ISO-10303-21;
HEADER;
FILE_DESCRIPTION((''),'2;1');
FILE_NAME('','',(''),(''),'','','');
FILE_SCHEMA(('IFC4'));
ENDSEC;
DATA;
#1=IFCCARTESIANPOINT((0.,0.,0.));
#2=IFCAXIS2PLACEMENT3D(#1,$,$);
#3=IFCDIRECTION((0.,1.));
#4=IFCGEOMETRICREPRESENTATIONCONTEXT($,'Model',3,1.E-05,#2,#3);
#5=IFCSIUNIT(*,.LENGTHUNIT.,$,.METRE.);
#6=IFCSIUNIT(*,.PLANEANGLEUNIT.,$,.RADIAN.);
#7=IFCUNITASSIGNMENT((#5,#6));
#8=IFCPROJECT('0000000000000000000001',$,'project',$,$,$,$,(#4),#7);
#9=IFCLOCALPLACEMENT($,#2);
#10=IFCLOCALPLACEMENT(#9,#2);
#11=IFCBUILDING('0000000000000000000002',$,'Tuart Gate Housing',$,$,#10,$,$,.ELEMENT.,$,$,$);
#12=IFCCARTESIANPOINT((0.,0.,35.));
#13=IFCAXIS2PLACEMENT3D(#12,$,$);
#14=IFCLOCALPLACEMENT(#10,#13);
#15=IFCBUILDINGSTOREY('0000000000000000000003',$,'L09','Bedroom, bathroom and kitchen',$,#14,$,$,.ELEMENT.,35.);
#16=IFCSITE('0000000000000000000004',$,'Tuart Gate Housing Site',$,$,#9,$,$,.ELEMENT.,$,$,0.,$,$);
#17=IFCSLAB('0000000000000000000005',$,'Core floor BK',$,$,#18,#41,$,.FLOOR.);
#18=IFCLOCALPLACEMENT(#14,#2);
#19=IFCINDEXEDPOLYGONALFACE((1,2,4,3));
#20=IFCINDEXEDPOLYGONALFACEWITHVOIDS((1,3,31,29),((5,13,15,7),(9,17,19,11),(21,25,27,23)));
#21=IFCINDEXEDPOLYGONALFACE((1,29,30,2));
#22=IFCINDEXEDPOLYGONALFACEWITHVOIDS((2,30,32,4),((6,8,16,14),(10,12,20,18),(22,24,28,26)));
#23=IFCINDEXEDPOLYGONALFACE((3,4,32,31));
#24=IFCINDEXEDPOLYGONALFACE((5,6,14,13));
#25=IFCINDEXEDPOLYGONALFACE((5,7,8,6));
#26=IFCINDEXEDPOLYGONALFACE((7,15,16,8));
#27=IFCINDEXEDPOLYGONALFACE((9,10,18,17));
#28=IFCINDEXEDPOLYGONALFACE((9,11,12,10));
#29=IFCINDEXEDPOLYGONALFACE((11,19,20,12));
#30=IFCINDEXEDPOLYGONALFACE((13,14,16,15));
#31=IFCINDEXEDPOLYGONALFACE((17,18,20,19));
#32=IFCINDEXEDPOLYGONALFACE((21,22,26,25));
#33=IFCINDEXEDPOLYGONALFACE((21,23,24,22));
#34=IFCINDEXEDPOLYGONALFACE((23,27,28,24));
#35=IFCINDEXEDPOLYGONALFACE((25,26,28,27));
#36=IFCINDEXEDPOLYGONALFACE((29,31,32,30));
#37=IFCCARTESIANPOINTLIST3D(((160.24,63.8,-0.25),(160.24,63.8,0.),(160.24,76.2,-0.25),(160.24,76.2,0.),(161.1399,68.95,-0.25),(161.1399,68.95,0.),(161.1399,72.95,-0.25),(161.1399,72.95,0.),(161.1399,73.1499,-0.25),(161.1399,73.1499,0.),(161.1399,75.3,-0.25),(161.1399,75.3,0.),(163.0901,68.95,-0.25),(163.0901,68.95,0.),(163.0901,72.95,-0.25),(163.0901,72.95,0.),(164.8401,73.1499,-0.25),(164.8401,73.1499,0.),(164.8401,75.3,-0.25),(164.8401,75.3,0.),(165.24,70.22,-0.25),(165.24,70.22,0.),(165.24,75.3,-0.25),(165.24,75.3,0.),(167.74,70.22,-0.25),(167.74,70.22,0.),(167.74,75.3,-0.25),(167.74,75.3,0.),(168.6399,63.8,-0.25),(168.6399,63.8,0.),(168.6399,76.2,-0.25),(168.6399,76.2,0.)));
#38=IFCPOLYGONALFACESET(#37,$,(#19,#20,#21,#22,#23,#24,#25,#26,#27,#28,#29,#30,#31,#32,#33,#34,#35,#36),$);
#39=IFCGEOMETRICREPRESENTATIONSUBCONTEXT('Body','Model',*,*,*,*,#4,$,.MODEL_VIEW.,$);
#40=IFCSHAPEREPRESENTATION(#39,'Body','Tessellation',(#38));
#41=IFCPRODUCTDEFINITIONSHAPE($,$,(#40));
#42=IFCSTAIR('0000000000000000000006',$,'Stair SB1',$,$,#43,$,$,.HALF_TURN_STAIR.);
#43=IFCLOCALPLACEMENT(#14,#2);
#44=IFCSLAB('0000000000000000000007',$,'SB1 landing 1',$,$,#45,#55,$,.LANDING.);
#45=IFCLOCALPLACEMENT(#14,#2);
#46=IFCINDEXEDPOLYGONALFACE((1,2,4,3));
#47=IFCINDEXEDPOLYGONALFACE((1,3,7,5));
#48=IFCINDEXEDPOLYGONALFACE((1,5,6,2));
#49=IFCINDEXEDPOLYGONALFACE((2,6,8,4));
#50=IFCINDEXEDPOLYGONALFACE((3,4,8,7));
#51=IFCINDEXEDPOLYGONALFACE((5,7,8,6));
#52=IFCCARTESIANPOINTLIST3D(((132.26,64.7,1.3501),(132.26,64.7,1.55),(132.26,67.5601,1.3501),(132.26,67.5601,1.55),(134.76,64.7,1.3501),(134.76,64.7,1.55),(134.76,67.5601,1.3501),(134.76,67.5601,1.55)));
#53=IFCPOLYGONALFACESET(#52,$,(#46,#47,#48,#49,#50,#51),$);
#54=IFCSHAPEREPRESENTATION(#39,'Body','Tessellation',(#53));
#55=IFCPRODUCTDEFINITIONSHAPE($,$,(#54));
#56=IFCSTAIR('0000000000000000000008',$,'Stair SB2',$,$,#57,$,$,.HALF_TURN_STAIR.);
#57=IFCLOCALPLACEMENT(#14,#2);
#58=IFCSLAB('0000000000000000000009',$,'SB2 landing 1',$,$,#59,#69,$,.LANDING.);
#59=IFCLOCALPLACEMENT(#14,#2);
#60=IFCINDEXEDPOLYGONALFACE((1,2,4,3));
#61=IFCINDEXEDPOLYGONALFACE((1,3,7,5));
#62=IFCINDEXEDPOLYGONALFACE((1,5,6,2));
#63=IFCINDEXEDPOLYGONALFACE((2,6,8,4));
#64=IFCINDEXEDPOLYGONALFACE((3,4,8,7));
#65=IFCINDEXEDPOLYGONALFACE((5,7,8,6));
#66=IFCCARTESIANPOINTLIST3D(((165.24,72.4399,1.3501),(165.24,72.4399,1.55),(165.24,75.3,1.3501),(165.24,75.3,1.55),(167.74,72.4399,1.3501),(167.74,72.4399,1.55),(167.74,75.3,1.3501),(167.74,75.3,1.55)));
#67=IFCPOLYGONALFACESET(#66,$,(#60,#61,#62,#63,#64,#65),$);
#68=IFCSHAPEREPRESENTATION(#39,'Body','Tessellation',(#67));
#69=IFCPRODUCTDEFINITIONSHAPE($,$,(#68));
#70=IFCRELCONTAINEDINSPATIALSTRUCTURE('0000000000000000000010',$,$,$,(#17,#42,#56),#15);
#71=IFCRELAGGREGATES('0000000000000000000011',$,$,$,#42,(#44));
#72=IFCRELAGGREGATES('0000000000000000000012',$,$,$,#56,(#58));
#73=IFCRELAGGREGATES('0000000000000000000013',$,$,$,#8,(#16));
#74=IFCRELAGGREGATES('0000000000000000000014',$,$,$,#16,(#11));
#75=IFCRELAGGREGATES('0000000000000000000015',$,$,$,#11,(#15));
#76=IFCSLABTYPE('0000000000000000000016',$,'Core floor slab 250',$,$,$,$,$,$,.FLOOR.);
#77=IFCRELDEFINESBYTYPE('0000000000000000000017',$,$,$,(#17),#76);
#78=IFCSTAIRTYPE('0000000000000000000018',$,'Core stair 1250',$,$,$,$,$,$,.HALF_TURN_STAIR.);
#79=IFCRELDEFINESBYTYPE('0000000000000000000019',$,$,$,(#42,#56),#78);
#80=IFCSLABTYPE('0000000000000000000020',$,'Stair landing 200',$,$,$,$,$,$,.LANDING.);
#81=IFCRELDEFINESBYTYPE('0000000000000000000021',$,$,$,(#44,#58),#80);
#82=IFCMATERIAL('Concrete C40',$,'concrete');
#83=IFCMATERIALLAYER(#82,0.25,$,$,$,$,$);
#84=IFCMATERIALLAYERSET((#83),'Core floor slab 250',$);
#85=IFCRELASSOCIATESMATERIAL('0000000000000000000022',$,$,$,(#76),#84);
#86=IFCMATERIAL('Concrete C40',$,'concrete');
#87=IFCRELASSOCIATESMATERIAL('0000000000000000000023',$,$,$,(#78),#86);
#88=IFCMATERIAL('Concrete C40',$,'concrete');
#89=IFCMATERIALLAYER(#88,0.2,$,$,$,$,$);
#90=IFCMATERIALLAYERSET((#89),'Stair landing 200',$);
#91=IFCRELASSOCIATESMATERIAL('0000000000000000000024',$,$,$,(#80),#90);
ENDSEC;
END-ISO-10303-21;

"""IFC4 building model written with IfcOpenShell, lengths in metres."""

from ifc_helpers import new_model, si_unit, direction, frame, origin, place, context, subcontext, project, spatial, polyline, outline, extrude, material, layer, layer_set, type_object, element, aggregate, save


model = new_model("IFC4")

# Units and contexts
model_context = context("Model", 3, precision=1e-05, world=origin(), true_north=direction((0.0, 1.0)))
body_context = subcontext(model_context, "Body", "Model", "MODEL_VIEW")
ifc_project = project(units=[si_unit("LENGTHUNIT", "METRE"), si_unit("PLANEANGLEUNIT", "RADIAN")], contexts=[model_context])

# Site, building, storey
site_placement = place(None, origin())
site = spatial("IfcSite", under=ifc_project, at=site_placement, Name="Tuart Gate Housing Site", CompositionType="ELEMENT", RefElevation=0.0)
building_placement = place(site_placement, origin())
building = spatial("IfcBuilding", under=site, at=building_placement, Name="Tuart Gate Housing", CompositionType="ELEMENT")
storey_placement = place(building_placement, frame((0.0, 0.0, 35.0)))
storey = spatial("IfcBuildingStorey", under=building, at=storey_placement, Name="L09", Description="Bedroom, bathroom and kitchen", CompositionType="ELEMENT", Elevation=35.0)

# Slab
ifc_material_1 = material(Name="Concrete C40", Category="concrete")
ifc_layer_1 = layer(ifc_material_1, 0.25)
ifc_layer_set_1 = layer_set([ifc_layer_1], Name="Core floor slab 250")
slab_type_1 = type_object("IfcSlabType", Name="Core floor slab 250", PredefinedType="FLOOR", material=ifc_layer_set_1)
slab_1_placement = place(storey_placement, frame((0.0, 0.0, -0.25)))
element("IfcSlab", 1, at=slab_1_placement, inside=storey, type_object=slab_type_1, Name="Core floor BK", PredefinedType="FLOOR", context=body_context, shape_type="SweptSolid", body=[
    extrude(outline(polyline([(160.24, 63.8), (168.6399, 63.8), (168.6399, 76.2), (160.24, 76.2), (160.24, 63.8)]), holes=[polyline([(161.1399, 73.1499), (164.8401, 73.1499), (164.8401, 75.3), (161.1399, 75.3), (161.1399, 73.1499)]), polyline([(161.1399, 68.95), (163.0901, 68.95), (163.0901, 72.95), (161.1399, 72.95), (161.1399, 68.95)]), polyline([(165.24, 70.22), (167.74, 70.22), (167.74, 75.3), (165.24, 75.3), (165.24, 70.22)])]), origin(), (0.0, 0.0, 1.0), 0.25),
])

# Stairs, slabs
ifc_material_2 = material(Name="Concrete C40", Category="concrete")
stair_type = type_object("IfcStairType", Name="Core stair 1250", PredefinedType="HALF_TURN_STAIR", material=ifc_material_2)
stair_1_placement = place(storey_placement, origin())
stair_1 = element("IfcStair", 2, at=stair_1_placement, inside=storey, type_object=stair_type, Name="Stair SB1", PredefinedType="HALF_TURN_STAIR")
ifc_material_3 = material(Name="Concrete C40", Category="concrete")
ifc_layer_2 = layer(ifc_material_3, 0.2)
ifc_layer_set_2 = layer_set([ifc_layer_2], Name="Stair landing 200")
slab_type_2 = type_object("IfcSlabType", Name="Stair landing 200", PredefinedType="LANDING", material=ifc_layer_set_2)
slab_2_placement = place(storey_placement, frame((0.0, 0.0, 1.3501)))
slab_2 = element("IfcSlab", 3, at=slab_2_placement, type_object=slab_type_2, Name="SB1 landing 1", PredefinedType="LANDING", context=body_context, shape_type="SweptSolid", body=[
    extrude(outline(polyline([(134.76, 67.5601), (132.26, 67.5601), (132.26, 64.7), (134.76, 64.7), (134.76, 67.5601)])), origin(), (0.0, 0.0, 1.0), 0.2),
])
aggregate(stair_1, [slab_2])
stair_2_placement = place(storey_placement, origin())
stair_2 = element("IfcStair", 4, at=stair_2_placement, inside=storey, type_object=stair_type, Name="Stair SB2", PredefinedType="HALF_TURN_STAIR")
slab_3_placement = place(storey_placement, frame((0.0, 0.0, 1.3501)))
slab_3 = element("IfcSlab", 5, at=slab_3_placement, type_object=slab_type_2, Name="SB2 landing 1", PredefinedType="LANDING", context=body_context, shape_type="SweptSolid", body=[
    extrude(outline(polyline([(165.24, 72.4399), (167.74, 72.4399), (167.74, 75.3), (165.24, 75.3), (165.24, 72.4399)])), origin(), (0.0, 0.0, 1.0), 0.2),
])
aggregate(stair_2, [slab_3])

save(model, "model.ifc")
